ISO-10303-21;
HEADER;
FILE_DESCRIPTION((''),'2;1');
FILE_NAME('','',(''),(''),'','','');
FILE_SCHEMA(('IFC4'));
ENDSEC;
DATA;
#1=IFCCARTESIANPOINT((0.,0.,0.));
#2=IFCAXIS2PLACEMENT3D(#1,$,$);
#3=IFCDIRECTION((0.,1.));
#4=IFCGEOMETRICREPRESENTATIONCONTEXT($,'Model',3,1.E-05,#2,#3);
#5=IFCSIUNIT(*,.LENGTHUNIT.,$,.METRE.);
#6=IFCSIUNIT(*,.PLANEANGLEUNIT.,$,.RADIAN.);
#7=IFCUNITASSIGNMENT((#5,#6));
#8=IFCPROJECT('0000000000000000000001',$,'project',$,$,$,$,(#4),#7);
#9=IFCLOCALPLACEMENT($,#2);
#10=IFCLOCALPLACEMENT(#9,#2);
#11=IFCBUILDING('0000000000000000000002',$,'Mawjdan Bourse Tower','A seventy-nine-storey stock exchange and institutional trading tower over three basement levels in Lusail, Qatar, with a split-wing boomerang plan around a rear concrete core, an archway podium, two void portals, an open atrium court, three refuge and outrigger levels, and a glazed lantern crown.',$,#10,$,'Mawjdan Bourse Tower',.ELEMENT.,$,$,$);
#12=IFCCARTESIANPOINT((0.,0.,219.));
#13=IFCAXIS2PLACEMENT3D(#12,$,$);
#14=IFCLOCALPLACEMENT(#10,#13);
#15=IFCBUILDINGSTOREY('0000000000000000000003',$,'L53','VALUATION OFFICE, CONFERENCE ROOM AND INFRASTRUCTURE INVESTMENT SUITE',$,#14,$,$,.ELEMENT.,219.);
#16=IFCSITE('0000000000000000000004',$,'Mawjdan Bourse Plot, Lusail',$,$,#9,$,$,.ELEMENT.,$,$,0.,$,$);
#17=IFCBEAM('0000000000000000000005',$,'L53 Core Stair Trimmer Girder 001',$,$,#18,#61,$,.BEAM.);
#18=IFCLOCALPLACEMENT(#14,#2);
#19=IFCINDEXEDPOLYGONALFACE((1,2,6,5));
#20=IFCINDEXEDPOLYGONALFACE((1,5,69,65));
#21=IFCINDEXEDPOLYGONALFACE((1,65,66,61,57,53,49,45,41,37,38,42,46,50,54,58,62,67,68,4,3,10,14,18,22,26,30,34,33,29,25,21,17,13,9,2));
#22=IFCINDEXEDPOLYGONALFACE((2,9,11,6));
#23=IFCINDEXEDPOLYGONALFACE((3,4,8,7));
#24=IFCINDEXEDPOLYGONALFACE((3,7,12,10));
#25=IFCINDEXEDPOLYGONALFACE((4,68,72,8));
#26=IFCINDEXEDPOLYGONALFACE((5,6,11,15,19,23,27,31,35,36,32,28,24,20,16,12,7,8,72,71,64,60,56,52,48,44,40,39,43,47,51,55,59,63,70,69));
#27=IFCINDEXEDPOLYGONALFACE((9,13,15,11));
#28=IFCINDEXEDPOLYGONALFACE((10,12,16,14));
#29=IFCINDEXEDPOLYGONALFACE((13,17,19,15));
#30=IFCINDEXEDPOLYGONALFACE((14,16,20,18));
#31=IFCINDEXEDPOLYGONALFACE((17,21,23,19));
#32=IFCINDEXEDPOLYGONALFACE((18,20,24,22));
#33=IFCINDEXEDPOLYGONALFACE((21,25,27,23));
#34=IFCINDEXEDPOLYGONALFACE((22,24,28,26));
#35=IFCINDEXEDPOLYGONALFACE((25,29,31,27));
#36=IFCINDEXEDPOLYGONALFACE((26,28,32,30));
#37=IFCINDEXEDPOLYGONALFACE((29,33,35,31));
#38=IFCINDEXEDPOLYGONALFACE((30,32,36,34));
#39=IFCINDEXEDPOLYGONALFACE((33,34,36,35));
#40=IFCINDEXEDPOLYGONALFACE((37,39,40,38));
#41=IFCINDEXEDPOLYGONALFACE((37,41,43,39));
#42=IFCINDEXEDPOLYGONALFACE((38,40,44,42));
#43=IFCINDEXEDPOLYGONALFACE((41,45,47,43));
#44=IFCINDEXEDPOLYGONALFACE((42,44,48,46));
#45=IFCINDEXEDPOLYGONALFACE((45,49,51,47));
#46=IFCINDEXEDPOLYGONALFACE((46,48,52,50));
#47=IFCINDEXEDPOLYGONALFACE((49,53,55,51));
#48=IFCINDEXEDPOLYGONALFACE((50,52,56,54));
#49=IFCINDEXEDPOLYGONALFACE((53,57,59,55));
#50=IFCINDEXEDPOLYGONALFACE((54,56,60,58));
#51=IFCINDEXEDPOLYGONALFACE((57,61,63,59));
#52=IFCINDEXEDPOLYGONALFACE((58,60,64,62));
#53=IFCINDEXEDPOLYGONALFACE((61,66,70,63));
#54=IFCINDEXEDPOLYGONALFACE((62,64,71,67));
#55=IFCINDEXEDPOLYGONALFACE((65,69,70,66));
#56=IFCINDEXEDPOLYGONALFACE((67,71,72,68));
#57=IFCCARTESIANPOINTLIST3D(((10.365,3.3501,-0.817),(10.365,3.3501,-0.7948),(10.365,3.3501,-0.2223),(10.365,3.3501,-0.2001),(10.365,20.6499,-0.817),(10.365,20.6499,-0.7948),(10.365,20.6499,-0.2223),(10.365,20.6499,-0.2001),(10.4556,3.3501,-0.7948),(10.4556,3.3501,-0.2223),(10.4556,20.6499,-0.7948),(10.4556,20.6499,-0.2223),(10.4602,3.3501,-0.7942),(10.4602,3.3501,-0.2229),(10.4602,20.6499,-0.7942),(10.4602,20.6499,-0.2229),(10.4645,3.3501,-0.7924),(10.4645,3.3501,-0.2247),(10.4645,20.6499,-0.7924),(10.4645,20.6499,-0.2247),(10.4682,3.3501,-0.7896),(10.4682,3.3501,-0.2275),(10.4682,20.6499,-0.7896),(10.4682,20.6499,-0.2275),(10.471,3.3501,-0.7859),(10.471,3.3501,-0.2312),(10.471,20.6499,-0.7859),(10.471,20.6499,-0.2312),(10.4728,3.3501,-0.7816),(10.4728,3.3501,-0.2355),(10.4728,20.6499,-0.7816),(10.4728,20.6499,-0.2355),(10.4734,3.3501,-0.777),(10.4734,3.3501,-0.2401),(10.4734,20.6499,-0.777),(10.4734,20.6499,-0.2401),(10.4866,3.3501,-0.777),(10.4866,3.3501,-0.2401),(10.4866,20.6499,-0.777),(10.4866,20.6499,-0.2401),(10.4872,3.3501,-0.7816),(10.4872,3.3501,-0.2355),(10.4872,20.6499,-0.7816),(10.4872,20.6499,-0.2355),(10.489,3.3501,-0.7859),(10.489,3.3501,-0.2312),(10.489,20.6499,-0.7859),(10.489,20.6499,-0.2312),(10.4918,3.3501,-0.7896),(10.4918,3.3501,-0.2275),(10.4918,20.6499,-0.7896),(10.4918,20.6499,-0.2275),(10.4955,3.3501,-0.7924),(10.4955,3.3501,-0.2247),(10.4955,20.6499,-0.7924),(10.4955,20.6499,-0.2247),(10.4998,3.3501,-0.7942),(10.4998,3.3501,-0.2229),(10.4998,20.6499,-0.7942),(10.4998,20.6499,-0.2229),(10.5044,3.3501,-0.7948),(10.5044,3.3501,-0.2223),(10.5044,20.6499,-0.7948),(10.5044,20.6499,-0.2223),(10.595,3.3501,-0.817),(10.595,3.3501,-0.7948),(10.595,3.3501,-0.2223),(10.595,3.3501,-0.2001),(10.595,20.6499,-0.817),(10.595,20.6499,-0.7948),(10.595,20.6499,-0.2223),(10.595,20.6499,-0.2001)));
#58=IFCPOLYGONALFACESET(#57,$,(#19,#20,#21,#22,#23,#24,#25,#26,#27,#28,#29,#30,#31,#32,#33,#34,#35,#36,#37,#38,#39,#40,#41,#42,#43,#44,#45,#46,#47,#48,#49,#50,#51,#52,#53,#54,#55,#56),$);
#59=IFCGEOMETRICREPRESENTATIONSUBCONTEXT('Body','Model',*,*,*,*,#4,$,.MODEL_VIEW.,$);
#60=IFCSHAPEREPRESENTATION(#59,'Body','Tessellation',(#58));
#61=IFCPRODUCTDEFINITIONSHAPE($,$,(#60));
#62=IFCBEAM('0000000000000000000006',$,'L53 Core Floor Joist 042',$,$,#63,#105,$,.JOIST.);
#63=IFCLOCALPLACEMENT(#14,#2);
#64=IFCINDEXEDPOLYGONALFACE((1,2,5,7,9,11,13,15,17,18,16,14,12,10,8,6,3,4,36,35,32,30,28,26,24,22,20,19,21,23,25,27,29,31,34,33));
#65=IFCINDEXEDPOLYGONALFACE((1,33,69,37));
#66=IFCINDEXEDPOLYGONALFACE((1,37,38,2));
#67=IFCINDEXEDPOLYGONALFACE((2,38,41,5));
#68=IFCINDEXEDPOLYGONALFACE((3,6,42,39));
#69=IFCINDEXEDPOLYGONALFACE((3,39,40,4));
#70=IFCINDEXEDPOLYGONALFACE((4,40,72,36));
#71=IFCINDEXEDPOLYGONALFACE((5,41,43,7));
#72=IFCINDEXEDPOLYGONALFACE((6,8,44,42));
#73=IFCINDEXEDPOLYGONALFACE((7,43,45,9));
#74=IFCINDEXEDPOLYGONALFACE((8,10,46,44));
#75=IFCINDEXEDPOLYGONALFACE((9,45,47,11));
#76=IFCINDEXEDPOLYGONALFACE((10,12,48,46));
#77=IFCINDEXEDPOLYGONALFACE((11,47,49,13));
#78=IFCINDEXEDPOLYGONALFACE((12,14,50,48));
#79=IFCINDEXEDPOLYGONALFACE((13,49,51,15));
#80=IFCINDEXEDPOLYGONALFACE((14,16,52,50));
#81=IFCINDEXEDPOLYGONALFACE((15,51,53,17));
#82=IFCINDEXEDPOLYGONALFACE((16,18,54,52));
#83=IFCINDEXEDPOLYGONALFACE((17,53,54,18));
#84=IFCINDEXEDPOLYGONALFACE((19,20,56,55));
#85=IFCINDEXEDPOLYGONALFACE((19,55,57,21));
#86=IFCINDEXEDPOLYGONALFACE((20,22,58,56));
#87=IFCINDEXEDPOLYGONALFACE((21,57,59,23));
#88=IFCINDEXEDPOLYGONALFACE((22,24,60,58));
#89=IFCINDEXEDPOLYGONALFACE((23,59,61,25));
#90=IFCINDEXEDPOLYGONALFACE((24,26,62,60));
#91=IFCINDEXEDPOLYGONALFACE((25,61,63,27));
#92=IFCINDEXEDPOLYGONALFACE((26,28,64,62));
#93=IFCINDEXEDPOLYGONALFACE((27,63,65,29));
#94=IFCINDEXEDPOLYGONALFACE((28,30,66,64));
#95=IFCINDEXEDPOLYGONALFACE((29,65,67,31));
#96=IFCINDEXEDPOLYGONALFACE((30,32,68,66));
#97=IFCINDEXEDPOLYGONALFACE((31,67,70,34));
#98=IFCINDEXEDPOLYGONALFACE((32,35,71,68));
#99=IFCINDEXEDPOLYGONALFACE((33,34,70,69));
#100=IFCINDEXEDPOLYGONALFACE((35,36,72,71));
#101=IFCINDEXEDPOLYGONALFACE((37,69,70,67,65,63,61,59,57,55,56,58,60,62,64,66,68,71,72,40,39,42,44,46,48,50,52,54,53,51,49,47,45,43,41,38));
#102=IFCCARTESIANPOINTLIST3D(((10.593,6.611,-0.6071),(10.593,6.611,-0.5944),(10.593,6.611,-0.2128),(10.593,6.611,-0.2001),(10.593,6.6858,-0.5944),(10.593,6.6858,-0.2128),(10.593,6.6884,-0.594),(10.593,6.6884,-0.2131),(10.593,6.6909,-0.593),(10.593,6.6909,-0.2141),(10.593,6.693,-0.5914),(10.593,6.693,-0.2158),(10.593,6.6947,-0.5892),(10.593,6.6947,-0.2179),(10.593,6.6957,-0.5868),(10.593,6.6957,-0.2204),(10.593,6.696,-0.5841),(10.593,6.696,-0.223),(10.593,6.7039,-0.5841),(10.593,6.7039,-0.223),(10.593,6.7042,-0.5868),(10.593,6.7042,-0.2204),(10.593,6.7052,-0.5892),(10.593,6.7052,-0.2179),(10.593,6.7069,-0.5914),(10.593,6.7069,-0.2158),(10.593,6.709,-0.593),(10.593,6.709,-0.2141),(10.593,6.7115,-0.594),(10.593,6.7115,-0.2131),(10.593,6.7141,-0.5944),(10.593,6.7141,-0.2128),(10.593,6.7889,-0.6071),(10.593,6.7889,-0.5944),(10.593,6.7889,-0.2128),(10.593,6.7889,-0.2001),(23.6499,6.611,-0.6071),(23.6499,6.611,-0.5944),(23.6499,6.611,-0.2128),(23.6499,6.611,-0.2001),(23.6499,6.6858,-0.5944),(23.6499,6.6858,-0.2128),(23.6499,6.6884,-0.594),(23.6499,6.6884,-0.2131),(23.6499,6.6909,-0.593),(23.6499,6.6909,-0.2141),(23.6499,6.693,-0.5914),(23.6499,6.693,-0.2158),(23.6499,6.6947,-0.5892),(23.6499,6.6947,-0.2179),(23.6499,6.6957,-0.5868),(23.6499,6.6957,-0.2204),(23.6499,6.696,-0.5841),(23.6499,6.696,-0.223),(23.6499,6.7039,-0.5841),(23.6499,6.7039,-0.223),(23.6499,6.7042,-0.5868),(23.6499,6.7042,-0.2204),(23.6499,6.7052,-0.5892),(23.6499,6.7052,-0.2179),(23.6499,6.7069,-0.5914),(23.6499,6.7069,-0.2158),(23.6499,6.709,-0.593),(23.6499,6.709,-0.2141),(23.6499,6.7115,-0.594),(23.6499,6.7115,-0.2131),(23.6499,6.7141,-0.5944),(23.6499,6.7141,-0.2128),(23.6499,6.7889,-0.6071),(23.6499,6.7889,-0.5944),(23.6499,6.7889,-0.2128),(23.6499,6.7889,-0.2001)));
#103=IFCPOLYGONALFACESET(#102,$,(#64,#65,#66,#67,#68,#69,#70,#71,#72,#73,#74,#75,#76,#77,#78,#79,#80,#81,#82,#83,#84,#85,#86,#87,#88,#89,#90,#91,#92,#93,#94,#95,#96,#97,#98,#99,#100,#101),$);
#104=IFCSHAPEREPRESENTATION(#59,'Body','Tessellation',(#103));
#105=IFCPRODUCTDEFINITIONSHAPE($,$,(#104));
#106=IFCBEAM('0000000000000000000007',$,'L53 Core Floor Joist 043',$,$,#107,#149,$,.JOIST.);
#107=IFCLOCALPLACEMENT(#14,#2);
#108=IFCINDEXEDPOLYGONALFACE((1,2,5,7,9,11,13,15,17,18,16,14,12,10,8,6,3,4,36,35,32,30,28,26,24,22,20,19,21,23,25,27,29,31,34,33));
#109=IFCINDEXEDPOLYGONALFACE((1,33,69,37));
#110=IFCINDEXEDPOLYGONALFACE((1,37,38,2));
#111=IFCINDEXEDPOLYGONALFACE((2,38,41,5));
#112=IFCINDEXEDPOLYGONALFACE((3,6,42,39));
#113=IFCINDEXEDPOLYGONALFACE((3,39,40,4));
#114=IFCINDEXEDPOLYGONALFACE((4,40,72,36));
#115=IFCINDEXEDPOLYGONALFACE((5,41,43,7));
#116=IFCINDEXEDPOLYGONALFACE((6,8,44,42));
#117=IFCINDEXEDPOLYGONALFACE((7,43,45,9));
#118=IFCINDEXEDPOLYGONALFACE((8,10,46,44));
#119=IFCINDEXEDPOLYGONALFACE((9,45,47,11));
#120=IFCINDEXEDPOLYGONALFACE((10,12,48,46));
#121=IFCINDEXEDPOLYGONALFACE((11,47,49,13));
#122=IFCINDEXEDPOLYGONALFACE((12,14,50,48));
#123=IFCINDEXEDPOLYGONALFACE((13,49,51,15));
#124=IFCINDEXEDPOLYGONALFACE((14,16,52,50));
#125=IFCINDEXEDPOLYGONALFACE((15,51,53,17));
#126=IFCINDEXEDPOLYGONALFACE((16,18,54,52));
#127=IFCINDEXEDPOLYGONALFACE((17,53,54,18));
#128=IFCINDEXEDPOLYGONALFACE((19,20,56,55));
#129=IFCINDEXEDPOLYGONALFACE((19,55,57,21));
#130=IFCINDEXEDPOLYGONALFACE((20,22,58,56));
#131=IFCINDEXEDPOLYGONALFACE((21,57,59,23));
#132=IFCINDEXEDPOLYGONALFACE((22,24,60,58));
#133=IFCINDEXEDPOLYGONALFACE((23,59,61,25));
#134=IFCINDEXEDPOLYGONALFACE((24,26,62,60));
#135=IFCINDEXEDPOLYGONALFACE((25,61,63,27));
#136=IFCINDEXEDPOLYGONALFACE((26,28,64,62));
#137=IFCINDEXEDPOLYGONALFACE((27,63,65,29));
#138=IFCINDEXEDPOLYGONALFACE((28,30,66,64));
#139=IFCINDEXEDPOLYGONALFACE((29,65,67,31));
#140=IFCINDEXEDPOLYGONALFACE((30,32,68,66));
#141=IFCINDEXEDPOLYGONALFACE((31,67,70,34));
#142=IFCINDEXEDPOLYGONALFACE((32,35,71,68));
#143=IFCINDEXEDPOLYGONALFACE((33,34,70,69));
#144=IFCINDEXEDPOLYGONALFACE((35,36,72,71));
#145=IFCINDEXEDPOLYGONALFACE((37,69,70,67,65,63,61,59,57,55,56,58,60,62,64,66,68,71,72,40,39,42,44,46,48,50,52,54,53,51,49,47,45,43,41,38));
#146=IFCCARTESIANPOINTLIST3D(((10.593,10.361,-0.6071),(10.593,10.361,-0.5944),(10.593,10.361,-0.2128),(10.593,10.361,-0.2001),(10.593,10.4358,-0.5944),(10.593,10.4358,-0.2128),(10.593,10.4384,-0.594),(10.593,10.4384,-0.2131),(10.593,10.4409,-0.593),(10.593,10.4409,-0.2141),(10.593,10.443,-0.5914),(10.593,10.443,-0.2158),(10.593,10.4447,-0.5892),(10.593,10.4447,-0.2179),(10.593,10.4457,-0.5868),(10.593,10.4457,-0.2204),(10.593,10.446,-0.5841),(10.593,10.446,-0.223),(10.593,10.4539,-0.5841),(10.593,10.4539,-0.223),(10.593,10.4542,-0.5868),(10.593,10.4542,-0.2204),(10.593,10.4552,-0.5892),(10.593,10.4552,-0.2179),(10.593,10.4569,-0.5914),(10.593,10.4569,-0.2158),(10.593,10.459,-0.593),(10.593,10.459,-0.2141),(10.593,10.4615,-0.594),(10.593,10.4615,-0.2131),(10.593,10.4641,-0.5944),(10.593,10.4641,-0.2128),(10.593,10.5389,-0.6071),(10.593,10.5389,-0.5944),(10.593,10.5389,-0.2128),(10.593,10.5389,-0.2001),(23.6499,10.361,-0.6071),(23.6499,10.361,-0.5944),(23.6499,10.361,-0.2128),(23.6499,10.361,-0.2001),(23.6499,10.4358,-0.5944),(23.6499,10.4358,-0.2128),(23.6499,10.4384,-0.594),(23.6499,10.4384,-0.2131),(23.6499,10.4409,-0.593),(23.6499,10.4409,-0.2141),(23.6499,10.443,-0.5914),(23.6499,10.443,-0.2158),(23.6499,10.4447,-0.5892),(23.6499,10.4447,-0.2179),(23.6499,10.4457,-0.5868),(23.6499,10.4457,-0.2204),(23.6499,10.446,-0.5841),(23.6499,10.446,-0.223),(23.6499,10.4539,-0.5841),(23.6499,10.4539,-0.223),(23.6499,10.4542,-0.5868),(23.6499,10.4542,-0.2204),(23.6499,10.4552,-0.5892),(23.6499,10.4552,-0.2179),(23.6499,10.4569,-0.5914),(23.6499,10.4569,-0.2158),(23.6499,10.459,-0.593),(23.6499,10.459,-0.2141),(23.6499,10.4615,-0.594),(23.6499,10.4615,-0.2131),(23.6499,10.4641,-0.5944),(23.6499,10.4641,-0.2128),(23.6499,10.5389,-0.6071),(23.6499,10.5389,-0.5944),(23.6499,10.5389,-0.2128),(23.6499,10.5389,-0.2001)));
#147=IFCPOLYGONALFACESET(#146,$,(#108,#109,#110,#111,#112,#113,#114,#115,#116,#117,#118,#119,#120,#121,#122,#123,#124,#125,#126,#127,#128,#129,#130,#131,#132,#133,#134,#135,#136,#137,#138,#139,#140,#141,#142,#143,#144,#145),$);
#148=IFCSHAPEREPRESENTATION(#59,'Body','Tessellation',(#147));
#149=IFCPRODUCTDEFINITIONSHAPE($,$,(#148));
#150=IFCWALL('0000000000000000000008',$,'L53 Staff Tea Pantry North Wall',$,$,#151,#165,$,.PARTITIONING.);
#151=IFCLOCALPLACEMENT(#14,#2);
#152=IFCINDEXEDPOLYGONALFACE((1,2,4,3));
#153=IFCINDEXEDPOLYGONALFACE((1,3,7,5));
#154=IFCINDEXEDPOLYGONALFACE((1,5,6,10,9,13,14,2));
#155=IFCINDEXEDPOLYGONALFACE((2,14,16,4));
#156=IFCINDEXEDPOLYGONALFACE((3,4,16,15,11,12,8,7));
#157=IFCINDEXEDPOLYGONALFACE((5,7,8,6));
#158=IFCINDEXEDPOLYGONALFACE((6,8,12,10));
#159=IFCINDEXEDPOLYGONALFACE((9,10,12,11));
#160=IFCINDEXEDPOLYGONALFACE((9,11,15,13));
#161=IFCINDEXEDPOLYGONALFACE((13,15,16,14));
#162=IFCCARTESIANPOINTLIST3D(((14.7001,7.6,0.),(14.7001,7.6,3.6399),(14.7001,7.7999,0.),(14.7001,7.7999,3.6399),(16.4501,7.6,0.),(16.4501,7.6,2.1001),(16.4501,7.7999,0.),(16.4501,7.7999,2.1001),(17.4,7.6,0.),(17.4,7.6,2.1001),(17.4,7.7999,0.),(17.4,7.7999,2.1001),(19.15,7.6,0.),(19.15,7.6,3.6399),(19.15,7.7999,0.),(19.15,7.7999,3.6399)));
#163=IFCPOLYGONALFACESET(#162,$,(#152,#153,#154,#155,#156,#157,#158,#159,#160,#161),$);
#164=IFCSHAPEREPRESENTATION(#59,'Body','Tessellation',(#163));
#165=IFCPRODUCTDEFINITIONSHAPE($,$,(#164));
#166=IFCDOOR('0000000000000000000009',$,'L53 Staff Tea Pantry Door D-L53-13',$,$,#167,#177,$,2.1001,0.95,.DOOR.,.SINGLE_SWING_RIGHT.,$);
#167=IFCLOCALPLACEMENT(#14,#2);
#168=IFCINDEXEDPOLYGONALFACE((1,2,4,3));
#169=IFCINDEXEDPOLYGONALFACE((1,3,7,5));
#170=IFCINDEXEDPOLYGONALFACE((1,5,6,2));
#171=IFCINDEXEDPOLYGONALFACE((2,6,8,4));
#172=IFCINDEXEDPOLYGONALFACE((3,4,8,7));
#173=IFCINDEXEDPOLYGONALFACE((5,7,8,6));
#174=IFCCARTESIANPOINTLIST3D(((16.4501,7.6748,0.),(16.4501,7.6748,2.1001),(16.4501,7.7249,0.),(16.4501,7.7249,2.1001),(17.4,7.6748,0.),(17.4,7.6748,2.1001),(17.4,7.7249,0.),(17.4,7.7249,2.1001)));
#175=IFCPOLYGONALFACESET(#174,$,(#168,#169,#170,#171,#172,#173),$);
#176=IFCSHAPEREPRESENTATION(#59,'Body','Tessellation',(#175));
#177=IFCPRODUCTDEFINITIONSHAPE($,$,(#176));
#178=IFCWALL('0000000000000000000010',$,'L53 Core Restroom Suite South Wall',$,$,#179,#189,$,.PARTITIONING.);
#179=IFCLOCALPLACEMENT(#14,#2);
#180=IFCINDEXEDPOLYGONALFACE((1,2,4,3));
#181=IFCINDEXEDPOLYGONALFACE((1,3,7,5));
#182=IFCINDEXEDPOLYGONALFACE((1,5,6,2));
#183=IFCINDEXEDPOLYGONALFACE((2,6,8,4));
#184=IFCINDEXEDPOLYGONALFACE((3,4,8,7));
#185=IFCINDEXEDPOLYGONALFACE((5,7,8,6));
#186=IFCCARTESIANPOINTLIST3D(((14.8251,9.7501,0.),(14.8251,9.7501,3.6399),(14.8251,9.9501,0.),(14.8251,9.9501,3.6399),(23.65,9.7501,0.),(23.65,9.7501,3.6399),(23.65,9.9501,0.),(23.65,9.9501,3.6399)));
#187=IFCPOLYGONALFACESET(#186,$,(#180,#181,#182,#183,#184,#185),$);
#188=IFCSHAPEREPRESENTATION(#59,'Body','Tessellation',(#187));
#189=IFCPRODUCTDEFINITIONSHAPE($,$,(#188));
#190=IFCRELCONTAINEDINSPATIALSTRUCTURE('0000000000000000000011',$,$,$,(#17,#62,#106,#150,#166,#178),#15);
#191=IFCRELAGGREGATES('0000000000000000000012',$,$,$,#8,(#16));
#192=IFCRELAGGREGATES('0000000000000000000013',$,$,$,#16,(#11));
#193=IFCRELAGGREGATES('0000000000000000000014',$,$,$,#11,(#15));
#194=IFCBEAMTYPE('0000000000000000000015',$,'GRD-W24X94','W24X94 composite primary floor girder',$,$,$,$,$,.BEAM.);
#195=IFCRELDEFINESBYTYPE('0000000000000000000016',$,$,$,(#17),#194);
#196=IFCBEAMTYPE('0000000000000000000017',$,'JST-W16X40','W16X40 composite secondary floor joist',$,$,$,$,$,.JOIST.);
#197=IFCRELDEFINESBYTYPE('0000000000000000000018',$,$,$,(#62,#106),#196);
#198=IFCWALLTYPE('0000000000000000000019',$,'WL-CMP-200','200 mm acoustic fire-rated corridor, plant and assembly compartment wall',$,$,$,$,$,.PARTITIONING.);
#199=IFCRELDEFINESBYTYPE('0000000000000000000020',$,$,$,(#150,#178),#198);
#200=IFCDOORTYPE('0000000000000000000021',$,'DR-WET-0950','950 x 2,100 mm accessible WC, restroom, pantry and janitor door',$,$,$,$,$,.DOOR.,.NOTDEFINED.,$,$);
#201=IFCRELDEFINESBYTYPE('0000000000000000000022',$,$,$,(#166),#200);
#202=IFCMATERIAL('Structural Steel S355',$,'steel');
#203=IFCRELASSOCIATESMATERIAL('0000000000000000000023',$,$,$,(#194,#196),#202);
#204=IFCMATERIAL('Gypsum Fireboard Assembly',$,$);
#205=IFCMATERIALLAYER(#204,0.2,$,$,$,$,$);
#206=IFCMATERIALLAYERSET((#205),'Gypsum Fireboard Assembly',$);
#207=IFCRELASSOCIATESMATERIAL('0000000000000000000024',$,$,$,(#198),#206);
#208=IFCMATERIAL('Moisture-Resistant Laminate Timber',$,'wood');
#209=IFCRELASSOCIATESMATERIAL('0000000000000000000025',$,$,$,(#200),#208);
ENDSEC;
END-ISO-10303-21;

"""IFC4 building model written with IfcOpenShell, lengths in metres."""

from ifc_helpers import new_model, si_unit, direction, frame, frame_2d, origin, origin_2d, place, context, subcontext, project, spatial, rectangle, i_section, extrude, material, layer, layer_set, material_profile, profile_set, type_object, element, fill, save


model = new_model("IFC4")

# Units and contexts
model_context = context("Model", 3, precision=1e-05, world=origin(), true_north=direction((0.0, 1.0)))
body_context = subcontext(model_context, "Body", "Model", "MODEL_VIEW")
ifc_project = project(units=[si_unit("LENGTHUNIT", "METRE"), si_unit("PLANEANGLEUNIT", "RADIAN")], contexts=[model_context])

# Site, building, storey
site_placement = place(None, origin())
site = spatial("IfcSite", under=ifc_project, at=site_placement, Name="Mawjdan Bourse Plot, Lusail", CompositionType="ELEMENT", RefElevation=0.0)
building_placement = place(site_placement, origin())
building = spatial("IfcBuilding", under=site, at=building_placement, Name="Mawjdan Bourse Tower", Description="A seventy-nine-storey stock exchange and institutional trading tower over three basement levels in Lusail, Qatar, with a split-wing boomerang plan around a rear concrete core, an archway podium, two void portals, an open atrium court, three refuge and outrigger levels, and a glazed lantern crown.", LongName="Mawjdan Bourse Tower", CompositionType="ELEMENT")
storey_placement = place(building_placement, frame((0.0, 0.0, 219.0)))
storey = spatial("IfcBuildingStorey", under=building, at=storey_placement, Name="L53", Description="VALUATION OFFICE, CONFERENCE ROOM AND INFRASTRUCTURE INVESTMENT SUITE", CompositionType="ELEMENT", Elevation=219.0)

# Beams
ifc_material_1 = material(Name="Structural Steel S355", Category="steel")
ifc_material_profile_1 = material_profile(ifc_material_1, i_section(OverallWidth=0.23, OverallDepth=0.6169, WebThickness=0.0132, FlangeThickness=0.0222, FilletRadius=0.0178, at=origin_2d()), Name="W24X94")
ifc_profile_set_1 = profile_set([ifc_material_profile_1], Name="Structural Steel S355")
beam_type_1 = type_object("IfcBeamType", Name="GRD-W24X94", Description="W24X94 composite primary floor girder", PredefinedType="BEAM", material=ifc_profile_set_1)
beam_placement = place(storey_placement, frame((10.48, 3.3501, -0.5085), z_axis=(0.0, 1.0, 0.0), x_axis=(-1.0, 0.0, 0.0)))
element("IfcBeam", 1, at=beam_placement, inside=storey, type_object=beam_type_1, Name="L53 Core Stair Trimmer Girder 001", PredefinedType="BEAM", context=body_context, shape_type="SweptSolid", body=[
    extrude(i_section(OverallWidth=0.23, OverallDepth=0.6169, WebThickness=0.0132, FlangeThickness=0.0222, FilletRadius=0.0178, at=origin_2d()), origin(), (0.0, 0.0, 1.0), 17.2998),
])
ifc_material_profile_2 = material_profile(ifc_material_1, i_section(OverallWidth=0.178, OverallDepth=0.407, WebThickness=0.0078, FlangeThickness=0.0127, FilletRadius=0.0103, at=origin_2d()), Name="W16X40")
ifc_profile_set_2 = profile_set([ifc_material_profile_2], Name="Structural Steel S355")
beam_type_2 = type_object("IfcBeamType", Name="JST-W16X40", Description="W16X40 composite secondary floor joist", PredefinedType="JOIST", material=ifc_profile_set_2)
for number, where, z_axis, x_axis, name in (
    (2, (10.593, 6.7, -0.4036), (1.0, 0.0, 0.0), (0.0, 1.0, 0.0), "L53 Core Floor Joist 042"),
    (3, (10.593, 10.45, -0.4036), (1.0, 0.0, 0.0), (0.0, 1.0, 0.0), "L53 Core Floor Joist 043"),
):
    element("IfcBeam", number, at=place(storey_placement, frame(where, z_axis=z_axis, x_axis=x_axis)), inside=storey, type_object=beam_type_2, Name=name, PredefinedType="JOIST", context=body_context, shape_type="SweptSolid", body=[
        extrude(i_section(OverallWidth=0.178, OverallDepth=0.407, WebThickness=0.0078, FlangeThickness=0.0127, FilletRadius=0.0103, at=origin_2d()), origin(), (0.0, 0.0, 1.0), 13.0569),
    ])

# Wall, opening, door
ifc_material_2 = material(Name="Gypsum Fireboard Assembly")
ifc_layer_1 = layer(ifc_material_2, 0.2)
ifc_layer_set_1 = layer_set([ifc_layer_1], Name="Gypsum Fireboard Assembly")
wall_type_1 = type_object("IfcWallType", Name="WL-CMP-200", Description="200 mm acoustic fire-rated corridor, plant and assembly compartment wall", PredefinedType="PARTITIONING", material=ifc_layer_set_1)
wall_1_placement = place(storey_placement, frame((14.7, 7.7, 0.0), z_axis=(0.0, 0.0, 1.0), x_axis=(1.0, 0.0, 0.0)))
wall_1 = element("IfcWall", 4, at=wall_1_placement, inside=storey, type_object=wall_type_1, Name="L53 Staff Tea Pantry North Wall", PredefinedType="PARTITIONING", context=body_context, shape_type="SweptSolid", body=[
    extrude(rectangle(XDim=4.45, YDim=0.2, at=frame_2d((2.2251, 0.0))), origin(), (0.0, 0.0, 1.0), 3.6399),
])
opening_1_placement = place(wall_1_placement, frame((1.75, 0.0, 0.0)))
opening_1 = element("IfcOpeningElement", 5, at=opening_1_placement, cuts=wall_1, PredefinedType="OPENING", context=body_context, shape_type="SweptSolid", body=[
    extrude(rectangle(XDim=0.95, YDim=2.1001, at=frame_2d((0.4751, 1.05))), frame((0.0, 0.1099, 0.0), z_axis=(0.0, -1.0, 0.0), x_axis=(1.0, 0.0, 0.0)), (0.0, 0.0, 1.0), 0.22),
])
ifc_material_3 = material(Name="Moisture-Resistant Laminate Timber", Category="wood")
door_type_1 = type_object("IfcDoorType", Name="DR-WET-0950", Description="950 x 2,100 mm accessible WC, restroom, pantry and janitor door", OperationType="NOTDEFINED", PredefinedType="DOOR", material=ifc_material_3)
door_1_placement = place(opening_1_placement, origin())
door_1 = element("IfcDoor", 6, at=door_1_placement, inside=storey, type_object=door_type_1, Name="L53 Staff Tea Pantry Door D-L53-13", OperationType="SINGLE_SWING_RIGHT", OverallHeight=2.1001, OverallWidth=0.95, PredefinedType="DOOR", context=body_context, shape_type="SweptSolid", body=[
    extrude(rectangle(XDim=0.95, YDim=2.1001, at=frame_2d((0.4751, 1.05))), frame((0.0, 0.0249, 0.0), z_axis=(0.0, -1.0, 0.0), x_axis=(1.0, 0.0, 0.0)), (0.0, 0.0, 1.0), 0.05),
])
fill(opening_1, door_1)

# Wall
wall_2_placement = place(storey_placement, frame((14.825, 9.8501, 0.0), z_axis=(0.0, 0.0, 1.0), x_axis=(1.0, 0.0, 0.0)))
element("IfcWall", 7, at=wall_2_placement, inside=storey, type_object=wall_type_1, Name="L53 Core Restroom Suite South Wall", PredefinedType="PARTITIONING", context=body_context, shape_type="SweptSolid", body=[
    extrude(rectangle(XDim=8.825, YDim=0.2, at=frame_2d((4.4126, 0.0))), origin(), (0.0, 0.0, 1.0), 3.6399),
])

save(model, "model.ifc")
